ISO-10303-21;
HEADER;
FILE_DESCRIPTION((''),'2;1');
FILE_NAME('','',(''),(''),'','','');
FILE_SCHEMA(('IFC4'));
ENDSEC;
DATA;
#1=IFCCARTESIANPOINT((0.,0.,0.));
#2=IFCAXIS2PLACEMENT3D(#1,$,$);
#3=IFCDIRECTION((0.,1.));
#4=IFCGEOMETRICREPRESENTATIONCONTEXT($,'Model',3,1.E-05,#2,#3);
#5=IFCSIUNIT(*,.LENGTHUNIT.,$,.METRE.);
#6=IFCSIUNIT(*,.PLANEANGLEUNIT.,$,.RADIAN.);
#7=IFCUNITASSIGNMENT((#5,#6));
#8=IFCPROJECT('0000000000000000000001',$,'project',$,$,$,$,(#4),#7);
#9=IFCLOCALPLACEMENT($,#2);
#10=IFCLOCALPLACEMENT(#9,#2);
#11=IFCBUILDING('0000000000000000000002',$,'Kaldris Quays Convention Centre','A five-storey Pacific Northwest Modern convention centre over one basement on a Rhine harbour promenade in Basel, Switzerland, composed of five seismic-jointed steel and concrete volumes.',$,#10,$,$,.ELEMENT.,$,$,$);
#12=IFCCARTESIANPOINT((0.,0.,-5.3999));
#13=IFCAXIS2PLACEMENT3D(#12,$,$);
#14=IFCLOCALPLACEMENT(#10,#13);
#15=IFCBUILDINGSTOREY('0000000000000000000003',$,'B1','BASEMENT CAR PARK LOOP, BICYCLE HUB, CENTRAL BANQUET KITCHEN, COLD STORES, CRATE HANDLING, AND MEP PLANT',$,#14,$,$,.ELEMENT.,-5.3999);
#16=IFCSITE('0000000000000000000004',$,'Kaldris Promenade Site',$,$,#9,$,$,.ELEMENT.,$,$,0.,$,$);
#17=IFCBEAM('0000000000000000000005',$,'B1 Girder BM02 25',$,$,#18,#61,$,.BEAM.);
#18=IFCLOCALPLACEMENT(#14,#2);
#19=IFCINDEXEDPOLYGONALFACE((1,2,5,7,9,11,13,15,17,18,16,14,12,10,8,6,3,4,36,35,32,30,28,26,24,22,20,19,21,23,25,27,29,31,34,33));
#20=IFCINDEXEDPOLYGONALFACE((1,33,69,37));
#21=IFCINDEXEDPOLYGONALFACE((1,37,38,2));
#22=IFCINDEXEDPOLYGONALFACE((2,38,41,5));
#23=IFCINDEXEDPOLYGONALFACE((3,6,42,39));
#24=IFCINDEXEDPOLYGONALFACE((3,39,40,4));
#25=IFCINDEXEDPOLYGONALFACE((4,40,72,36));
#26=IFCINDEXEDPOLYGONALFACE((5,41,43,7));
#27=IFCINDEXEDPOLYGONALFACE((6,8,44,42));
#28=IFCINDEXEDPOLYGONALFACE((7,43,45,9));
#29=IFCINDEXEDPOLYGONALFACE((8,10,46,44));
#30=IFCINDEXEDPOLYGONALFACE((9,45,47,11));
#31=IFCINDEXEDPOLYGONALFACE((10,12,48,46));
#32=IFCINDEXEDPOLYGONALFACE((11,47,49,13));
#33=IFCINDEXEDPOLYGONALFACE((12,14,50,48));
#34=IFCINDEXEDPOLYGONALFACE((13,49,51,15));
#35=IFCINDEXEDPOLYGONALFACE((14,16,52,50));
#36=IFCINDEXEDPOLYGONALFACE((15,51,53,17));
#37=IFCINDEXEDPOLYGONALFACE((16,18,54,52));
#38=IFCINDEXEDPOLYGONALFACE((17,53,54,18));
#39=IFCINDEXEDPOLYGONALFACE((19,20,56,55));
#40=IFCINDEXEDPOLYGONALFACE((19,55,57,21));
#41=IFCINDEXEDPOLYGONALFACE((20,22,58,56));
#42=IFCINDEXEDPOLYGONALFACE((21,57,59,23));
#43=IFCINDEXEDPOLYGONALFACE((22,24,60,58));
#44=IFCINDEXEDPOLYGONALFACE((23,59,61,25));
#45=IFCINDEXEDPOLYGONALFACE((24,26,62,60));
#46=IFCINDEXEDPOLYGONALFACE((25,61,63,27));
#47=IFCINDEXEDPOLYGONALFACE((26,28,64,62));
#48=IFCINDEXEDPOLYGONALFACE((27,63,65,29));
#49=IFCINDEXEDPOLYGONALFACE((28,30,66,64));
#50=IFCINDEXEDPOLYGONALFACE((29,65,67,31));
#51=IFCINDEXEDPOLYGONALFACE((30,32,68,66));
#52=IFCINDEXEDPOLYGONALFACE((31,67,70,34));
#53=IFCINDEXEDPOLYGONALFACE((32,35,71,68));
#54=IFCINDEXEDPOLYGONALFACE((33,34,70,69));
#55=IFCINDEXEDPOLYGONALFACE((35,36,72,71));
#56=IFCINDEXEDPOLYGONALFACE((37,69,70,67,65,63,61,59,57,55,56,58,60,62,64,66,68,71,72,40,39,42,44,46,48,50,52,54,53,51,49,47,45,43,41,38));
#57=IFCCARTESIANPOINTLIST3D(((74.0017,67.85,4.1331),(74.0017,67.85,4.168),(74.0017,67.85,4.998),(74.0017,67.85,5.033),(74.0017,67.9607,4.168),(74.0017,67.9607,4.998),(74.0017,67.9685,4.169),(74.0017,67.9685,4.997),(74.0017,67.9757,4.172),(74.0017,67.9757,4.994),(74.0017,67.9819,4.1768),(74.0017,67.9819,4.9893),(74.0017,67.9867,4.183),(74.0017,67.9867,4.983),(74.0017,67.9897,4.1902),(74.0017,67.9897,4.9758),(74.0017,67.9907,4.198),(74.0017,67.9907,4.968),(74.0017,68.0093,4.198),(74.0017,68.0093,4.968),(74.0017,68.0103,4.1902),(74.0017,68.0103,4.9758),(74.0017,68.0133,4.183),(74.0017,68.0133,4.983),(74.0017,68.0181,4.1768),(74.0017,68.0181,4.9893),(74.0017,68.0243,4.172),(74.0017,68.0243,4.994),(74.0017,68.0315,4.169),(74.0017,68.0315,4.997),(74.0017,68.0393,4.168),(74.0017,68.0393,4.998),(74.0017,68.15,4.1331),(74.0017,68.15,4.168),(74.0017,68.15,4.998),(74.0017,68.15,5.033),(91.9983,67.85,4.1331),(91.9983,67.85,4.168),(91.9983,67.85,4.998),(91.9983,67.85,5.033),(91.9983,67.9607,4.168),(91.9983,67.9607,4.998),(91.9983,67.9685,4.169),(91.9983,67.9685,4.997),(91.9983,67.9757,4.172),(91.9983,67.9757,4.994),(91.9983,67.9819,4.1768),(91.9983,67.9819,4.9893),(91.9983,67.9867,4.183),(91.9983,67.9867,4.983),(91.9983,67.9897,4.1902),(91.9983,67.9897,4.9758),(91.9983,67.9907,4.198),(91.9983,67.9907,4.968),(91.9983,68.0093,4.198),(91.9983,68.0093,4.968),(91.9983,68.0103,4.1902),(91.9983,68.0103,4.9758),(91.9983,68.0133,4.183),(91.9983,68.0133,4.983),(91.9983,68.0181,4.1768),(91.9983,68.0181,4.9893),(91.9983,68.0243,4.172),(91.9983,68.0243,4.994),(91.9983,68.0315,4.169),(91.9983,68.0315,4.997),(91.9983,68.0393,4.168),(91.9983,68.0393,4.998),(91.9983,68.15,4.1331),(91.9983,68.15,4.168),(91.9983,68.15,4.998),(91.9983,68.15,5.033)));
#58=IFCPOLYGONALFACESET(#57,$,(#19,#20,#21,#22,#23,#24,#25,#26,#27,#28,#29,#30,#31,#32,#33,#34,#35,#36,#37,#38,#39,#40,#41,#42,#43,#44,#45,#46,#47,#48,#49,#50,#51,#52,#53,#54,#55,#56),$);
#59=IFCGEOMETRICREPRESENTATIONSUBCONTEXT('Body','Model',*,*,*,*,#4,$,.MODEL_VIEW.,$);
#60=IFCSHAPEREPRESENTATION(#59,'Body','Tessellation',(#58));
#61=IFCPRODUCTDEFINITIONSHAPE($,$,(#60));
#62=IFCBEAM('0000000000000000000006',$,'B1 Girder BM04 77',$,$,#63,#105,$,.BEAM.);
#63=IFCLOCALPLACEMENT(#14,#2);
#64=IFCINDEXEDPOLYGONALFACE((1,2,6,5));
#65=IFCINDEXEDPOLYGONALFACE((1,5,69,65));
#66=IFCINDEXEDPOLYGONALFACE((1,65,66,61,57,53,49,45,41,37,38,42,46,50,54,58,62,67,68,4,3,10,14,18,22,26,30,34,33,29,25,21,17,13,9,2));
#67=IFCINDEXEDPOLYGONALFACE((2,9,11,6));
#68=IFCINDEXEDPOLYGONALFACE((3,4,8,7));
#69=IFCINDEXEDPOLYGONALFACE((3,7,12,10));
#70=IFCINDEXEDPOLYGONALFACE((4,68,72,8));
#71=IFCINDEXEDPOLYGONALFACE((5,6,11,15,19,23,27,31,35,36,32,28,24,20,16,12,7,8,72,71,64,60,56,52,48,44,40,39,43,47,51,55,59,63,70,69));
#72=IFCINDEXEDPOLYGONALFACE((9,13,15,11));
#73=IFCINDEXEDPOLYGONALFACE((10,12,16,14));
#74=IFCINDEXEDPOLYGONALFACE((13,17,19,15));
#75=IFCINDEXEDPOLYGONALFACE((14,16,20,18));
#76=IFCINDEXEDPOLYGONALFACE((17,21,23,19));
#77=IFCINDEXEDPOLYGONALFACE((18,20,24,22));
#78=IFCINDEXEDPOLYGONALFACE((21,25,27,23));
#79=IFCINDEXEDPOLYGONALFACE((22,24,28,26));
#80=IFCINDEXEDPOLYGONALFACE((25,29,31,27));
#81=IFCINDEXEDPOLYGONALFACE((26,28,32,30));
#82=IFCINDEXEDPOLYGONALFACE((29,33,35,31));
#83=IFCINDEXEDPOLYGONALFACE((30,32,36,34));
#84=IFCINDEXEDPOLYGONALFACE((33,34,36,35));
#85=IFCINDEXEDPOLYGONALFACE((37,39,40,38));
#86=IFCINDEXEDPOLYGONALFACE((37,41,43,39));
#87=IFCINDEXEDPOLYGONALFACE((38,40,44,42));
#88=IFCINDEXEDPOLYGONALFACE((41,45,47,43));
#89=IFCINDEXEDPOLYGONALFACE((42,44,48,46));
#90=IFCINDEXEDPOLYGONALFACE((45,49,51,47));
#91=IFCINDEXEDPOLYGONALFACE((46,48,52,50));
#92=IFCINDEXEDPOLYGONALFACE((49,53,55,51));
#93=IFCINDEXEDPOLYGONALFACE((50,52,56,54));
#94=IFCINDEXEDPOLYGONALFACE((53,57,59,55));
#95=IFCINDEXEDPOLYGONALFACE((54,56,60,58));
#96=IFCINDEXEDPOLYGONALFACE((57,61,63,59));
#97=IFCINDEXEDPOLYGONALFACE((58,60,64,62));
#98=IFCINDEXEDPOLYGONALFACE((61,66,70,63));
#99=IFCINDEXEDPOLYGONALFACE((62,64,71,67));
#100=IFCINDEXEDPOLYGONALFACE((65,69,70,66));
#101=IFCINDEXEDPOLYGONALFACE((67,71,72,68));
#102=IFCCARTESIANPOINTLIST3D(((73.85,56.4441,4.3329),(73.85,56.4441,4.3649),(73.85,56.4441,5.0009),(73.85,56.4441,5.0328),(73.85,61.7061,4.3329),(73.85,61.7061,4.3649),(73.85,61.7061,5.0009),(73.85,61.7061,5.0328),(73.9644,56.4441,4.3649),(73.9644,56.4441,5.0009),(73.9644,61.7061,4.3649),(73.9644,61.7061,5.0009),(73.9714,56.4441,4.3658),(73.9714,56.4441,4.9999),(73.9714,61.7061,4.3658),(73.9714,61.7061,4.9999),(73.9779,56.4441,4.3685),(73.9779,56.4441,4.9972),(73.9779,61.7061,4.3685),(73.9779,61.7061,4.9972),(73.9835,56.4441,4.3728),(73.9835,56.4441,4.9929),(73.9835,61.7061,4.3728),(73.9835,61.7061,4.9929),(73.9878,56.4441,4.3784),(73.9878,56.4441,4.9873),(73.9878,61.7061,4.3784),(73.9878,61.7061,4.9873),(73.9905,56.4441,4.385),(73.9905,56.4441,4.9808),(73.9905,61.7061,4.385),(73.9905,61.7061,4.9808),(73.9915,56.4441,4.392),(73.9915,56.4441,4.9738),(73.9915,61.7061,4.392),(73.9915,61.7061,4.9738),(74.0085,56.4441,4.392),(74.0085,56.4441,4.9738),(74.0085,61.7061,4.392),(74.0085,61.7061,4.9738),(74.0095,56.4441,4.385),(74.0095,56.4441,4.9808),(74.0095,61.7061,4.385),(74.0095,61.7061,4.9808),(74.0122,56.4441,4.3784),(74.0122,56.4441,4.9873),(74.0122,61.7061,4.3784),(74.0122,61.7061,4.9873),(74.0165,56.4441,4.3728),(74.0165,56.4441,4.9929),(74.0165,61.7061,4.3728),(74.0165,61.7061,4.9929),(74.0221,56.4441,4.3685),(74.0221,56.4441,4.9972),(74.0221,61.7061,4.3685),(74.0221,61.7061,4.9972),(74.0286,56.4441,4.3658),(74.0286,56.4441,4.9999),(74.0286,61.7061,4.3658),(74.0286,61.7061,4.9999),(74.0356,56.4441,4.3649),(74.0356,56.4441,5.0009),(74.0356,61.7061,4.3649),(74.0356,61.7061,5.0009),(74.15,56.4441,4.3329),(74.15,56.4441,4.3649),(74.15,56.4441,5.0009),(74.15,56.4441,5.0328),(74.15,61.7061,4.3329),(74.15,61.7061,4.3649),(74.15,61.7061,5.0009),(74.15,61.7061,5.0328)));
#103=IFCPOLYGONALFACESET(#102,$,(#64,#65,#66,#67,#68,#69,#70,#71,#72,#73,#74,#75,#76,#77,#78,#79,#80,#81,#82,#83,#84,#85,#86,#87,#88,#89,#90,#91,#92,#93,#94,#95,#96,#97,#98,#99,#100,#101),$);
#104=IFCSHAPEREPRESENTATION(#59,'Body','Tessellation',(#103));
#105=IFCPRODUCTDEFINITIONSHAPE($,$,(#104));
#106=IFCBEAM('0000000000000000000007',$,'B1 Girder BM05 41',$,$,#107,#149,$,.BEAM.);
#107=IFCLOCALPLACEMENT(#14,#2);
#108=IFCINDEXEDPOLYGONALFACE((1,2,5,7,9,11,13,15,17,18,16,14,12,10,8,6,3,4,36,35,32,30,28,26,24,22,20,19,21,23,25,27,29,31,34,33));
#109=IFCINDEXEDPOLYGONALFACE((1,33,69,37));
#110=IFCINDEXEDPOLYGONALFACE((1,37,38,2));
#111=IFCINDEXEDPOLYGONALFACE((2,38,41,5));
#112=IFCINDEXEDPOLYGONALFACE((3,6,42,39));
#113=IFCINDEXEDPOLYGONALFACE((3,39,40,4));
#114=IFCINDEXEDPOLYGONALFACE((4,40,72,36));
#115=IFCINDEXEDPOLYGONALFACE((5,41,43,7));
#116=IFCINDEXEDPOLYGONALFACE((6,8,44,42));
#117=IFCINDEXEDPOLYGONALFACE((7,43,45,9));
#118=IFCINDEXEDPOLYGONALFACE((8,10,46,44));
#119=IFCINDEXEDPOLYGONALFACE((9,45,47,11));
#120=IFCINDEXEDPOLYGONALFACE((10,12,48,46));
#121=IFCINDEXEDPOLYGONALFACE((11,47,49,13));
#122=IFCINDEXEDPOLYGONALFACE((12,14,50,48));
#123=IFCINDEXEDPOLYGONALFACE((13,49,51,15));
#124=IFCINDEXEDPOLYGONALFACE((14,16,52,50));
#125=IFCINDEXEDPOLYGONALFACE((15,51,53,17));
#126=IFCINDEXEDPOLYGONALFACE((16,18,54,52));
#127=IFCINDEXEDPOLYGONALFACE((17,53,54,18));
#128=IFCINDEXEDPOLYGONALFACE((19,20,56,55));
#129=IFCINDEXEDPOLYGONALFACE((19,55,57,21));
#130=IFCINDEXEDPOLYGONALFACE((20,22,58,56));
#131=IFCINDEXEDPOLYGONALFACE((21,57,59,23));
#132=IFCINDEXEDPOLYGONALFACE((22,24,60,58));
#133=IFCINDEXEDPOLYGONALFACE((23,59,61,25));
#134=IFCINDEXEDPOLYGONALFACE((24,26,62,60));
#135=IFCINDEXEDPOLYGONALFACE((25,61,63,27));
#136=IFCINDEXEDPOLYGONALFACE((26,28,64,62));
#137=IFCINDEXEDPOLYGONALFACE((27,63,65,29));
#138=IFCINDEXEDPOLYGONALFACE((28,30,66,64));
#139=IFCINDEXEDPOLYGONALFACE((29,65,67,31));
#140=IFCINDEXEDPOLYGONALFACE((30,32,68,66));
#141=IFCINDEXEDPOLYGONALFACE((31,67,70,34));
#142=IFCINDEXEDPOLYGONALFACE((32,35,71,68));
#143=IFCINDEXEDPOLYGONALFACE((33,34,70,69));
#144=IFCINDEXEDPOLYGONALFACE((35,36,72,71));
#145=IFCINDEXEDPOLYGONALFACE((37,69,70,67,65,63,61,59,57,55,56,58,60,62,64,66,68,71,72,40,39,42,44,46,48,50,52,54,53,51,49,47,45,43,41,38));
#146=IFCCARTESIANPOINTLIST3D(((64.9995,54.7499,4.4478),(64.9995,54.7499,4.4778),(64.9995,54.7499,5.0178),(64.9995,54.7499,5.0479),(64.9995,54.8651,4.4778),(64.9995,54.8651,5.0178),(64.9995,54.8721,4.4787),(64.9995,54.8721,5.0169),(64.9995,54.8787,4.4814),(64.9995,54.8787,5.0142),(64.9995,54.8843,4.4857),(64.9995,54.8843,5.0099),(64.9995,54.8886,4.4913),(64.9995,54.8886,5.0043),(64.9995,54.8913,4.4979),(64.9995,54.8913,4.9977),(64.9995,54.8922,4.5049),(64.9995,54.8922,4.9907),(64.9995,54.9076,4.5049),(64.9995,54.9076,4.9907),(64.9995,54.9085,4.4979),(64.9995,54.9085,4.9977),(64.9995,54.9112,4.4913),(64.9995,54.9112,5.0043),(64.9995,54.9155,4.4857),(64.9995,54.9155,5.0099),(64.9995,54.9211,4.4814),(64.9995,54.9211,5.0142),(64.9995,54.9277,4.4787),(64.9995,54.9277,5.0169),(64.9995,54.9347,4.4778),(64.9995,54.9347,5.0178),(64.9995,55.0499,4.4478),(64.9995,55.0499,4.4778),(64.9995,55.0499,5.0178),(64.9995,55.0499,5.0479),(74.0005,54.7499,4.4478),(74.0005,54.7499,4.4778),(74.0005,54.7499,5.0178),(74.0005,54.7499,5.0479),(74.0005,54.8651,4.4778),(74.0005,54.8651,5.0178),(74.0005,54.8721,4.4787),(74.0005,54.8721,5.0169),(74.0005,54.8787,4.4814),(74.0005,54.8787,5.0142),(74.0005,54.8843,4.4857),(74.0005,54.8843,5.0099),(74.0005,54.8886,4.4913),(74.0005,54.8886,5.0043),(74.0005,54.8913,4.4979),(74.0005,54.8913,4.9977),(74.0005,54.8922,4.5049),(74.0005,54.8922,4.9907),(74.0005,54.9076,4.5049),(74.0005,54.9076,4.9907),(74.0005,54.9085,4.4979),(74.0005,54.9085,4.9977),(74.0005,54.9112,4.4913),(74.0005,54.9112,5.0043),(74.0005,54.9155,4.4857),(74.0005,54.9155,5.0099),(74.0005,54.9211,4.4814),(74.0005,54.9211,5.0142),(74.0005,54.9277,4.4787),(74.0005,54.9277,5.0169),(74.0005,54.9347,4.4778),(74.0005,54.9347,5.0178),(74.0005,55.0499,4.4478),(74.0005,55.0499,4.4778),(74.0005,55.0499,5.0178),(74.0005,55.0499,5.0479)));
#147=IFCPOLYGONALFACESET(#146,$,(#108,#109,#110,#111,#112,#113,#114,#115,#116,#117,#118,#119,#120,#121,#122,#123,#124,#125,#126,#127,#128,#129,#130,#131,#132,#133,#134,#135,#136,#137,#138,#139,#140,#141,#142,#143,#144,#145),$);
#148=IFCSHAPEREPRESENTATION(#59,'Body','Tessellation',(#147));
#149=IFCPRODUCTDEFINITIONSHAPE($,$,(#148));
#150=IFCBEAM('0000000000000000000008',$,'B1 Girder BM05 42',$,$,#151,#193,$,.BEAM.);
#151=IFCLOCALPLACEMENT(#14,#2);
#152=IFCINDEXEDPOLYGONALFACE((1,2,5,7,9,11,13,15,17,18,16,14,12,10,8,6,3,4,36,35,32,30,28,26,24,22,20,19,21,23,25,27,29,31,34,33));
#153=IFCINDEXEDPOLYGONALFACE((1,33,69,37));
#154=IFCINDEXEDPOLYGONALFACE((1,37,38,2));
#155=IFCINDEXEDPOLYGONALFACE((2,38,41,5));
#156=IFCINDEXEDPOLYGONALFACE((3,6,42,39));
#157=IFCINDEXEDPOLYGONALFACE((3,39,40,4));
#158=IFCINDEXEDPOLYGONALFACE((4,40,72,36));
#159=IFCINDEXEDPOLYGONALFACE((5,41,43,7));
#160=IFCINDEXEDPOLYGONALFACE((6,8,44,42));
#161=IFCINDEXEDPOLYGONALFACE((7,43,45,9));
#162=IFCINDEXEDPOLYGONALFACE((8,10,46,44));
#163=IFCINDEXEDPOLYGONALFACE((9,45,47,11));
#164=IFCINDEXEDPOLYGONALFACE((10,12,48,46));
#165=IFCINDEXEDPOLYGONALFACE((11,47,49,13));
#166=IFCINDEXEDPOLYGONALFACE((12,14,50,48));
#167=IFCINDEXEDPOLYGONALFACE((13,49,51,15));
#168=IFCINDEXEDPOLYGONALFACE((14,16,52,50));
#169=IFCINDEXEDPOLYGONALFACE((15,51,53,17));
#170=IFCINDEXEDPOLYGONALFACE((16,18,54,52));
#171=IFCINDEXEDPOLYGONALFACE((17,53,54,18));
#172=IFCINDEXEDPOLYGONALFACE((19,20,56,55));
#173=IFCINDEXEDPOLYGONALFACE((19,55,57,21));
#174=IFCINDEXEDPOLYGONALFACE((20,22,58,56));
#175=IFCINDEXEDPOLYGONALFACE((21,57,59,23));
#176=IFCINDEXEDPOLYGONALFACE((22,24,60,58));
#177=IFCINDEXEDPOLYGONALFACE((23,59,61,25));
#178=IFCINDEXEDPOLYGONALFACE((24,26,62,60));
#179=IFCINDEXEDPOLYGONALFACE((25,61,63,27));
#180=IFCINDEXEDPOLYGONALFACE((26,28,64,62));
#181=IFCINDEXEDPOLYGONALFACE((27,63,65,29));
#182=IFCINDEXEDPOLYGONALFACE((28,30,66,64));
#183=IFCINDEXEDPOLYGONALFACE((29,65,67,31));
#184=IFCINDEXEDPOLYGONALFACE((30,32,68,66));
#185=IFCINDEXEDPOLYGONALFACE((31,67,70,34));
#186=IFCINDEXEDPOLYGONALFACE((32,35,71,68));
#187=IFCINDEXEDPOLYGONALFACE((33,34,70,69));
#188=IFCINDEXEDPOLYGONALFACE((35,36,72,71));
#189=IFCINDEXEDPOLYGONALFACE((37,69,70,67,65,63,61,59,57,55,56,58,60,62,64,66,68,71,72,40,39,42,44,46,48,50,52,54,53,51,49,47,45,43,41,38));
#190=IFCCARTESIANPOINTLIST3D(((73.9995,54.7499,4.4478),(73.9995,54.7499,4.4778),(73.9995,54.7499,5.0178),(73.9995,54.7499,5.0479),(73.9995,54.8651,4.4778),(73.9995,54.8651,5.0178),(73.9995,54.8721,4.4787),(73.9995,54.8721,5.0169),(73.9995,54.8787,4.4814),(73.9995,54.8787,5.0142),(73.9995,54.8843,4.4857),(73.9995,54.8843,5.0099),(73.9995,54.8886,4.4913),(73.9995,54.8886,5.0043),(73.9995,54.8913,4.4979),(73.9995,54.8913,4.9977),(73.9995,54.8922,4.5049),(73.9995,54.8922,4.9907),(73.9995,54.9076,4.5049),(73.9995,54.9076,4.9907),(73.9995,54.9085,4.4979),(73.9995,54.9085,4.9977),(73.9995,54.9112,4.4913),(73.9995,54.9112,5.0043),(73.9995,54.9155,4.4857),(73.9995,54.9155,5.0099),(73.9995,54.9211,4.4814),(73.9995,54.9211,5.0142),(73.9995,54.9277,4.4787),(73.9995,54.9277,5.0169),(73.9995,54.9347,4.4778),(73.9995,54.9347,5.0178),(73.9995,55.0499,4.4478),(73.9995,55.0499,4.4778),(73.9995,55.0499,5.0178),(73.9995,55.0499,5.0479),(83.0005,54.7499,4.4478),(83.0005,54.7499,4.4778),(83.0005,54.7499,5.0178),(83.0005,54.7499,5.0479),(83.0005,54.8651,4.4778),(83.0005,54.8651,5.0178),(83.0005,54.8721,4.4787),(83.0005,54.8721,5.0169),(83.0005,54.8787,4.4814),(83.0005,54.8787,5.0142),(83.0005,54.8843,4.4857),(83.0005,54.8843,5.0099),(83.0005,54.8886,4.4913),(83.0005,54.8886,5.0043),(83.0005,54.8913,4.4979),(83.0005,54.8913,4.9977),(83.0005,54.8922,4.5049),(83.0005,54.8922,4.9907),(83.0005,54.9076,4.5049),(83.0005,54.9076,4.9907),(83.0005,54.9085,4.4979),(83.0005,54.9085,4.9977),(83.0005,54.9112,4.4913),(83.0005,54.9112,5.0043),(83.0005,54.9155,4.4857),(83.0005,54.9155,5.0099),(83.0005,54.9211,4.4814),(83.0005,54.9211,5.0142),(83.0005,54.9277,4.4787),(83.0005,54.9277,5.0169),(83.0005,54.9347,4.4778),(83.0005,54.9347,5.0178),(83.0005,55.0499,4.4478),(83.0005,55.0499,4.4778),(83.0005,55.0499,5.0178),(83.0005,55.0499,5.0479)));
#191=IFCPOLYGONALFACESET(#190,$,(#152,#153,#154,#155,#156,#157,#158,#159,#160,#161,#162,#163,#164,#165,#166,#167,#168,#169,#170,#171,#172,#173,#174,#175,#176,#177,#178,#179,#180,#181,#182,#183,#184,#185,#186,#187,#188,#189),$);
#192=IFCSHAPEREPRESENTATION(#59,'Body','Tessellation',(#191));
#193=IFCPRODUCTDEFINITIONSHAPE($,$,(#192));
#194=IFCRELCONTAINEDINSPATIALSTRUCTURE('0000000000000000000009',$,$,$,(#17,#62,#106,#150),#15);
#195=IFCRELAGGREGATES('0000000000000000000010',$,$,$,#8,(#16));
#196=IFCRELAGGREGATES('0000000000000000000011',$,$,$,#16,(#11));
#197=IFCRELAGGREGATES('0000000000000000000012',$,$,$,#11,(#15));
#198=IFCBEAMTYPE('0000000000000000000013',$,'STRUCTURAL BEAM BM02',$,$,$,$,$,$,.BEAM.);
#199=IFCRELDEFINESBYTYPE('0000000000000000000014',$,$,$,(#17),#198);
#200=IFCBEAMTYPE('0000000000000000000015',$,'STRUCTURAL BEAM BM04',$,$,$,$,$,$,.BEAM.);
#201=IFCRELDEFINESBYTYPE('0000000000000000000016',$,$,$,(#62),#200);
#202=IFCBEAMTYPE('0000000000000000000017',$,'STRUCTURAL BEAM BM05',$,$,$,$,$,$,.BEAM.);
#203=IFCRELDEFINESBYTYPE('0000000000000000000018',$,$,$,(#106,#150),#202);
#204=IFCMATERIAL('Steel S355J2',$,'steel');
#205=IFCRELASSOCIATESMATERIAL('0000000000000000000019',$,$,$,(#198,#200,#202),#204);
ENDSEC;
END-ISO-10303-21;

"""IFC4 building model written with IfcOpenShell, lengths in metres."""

from ifc_helpers import new_model, si_unit, direction, frame, origin, origin_2d, place, context, subcontext, project, spatial, i_section, extrude, material, material_profile, profile_set, type_object, element, save


model = new_model("IFC4")

# Units and contexts
model_context = context("Model", 3, precision=1e-05, world=origin(), true_north=direction((0.0, 1.0)))
body_context = subcontext(model_context, "Body", "Model", "MODEL_VIEW")
ifc_project = project(units=[si_unit("LENGTHUNIT", "METRE"), si_unit("PLANEANGLEUNIT", "RADIAN")], contexts=[model_context])

# Site, building, storey
site_placement = place(None, origin())
site = spatial("IfcSite", under=ifc_project, at=site_placement, Name="Kaldris Promenade Site", CompositionType="ELEMENT", RefElevation=0.0)
building_placement = place(site_placement, origin())
building = spatial("IfcBuilding", under=site, at=building_placement, Name="Kaldris Quays Convention Centre", Description="A five-storey Pacific Northwest Modern convention centre over one basement on a Rhine harbour promenade in Basel, Switzerland, composed of five seismic-jointed steel and concrete volumes.", CompositionType="ELEMENT")
storey_placement = place(building_placement, frame((0.0, 0.0, -5.3999)))
storey = spatial("IfcBuildingStorey", under=building, at=storey_placement, Name="B1", Description="BASEMENT CAR PARK LOOP, BICYCLE HUB, CENTRAL BANQUET KITCHEN, COLD STORES, CRATE HANDLING, AND MEP PLANT", CompositionType="ELEMENT", Elevation=-5.3999)

# Shared definitions
ifc_material_1 = material(Name="Steel S355J2", Category="steel")

# Beams
ifc_material_profile_1 = material_profile(ifc_material_1, i_section(OverallWidth=0.3, OverallDepth=0.8999, WebThickness=0.0186, FlangeThickness=0.0349, FilletRadius=0.03, at=origin_2d()), Name="HEB 900")
ifc_profile_set_1 = profile_set([ifc_material_profile_1], Name="Steel S355J2")
beam_type_1 = type_object("IfcBeamType", Name="STRUCTURAL BEAM BM02", PredefinedType="BEAM", material=ifc_profile_set_1)
for number, where, z_axis, x_axis, name in (
    (1, (74.0017, 68.0, 4.583), (1.0, 0.0, 0.0), (0.0, 1.0, 0.0), "B1 Girder BM02 25"),
):
    element("IfcBeam", number, at=place(storey_placement, frame(where, z_axis=z_axis, x_axis=x_axis)), inside=storey, type_object=beam_type_1, Name=name, PredefinedType="BEAM", context=body_context, shape_type="SweptSolid", body=[
        extrude(i_section(OverallWidth=0.3, OverallDepth=0.8999, WebThickness=0.0186, FlangeThickness=0.0349, FilletRadius=0.03, at=origin_2d()), origin(), (0.0, 0.0, 1.0), 17.9966),
    ])
ifc_material_profile_2 = material_profile(ifc_material_1, i_section(OverallWidth=0.3, OverallDepth=0.7, WebThickness=0.0171, FlangeThickness=0.032, FilletRadius=0.0271, at=origin_2d()), Name="HEB 700")
ifc_profile_set_2 = profile_set([ifc_material_profile_2], Name="Steel S355J2")
beam_type_2 = type_object("IfcBeamType", Name="STRUCTURAL BEAM BM04", PredefinedType="BEAM", material=ifc_profile_set_2)
beam_1_placement = place(storey_placement, frame((74.0, 56.4441, 4.6829), z_axis=(0.0, 1.0, 0.0), x_axis=(-1.0, 0.0, 0.0)))
element("IfcBeam", 2, at=beam_1_placement, inside=storey, type_object=beam_type_2, Name="B1 Girder BM04 77", PredefinedType="BEAM", context=body_context, shape_type="SweptSolid", body=[
    extrude(i_section(OverallWidth=0.3, OverallDepth=0.7, WebThickness=0.0171, FlangeThickness=0.032, FilletRadius=0.0271, at=origin_2d()), origin(), (0.0, 0.0, 1.0), 5.262),
])
ifc_material_profile_3 = material_profile(ifc_material_1, i_section(OverallWidth=0.3, OverallDepth=0.6001, WebThickness=0.0154, FlangeThickness=0.03, FilletRadius=0.0271, at=origin_2d()), Name="HEB 600")
ifc_profile_set_3 = profile_set([ifc_material_profile_3], Name="Steel S355J2")
beam_type_3 = type_object("IfcBeamType", Name="STRUCTURAL BEAM BM05", PredefinedType="BEAM", material=ifc_profile_set_3)
for number, where, z_axis, x_axis, name in (
    (3, (64.9995, 54.8999, 4.7478), (1.0, 0.0, 0.0), (0.0, 1.0, 0.0), "B1 Girder BM05 41"),
    (4, (73.9995, 54.8999, 4.7478), (1.0, 0.0, 0.0), (0.0, 1.0, 0.0), "B1 Girder BM05 42"),
):
    element("IfcBeam", number, at=place(storey_placement, frame(where, z_axis=z_axis, x_axis=x_axis)), inside=storey, type_object=beam_type_3, Name=name, PredefinedType="BEAM", context=body_context, shape_type="SweptSolid", body=[
        extrude(i_section(OverallWidth=0.3, OverallDepth=0.6001, WebThickness=0.0154, FlangeThickness=0.03, FilletRadius=0.0271, at=origin_2d()), origin(), (0.0, 0.0, 1.0), 9.001),
    ])

save(model, "model.ifc")
